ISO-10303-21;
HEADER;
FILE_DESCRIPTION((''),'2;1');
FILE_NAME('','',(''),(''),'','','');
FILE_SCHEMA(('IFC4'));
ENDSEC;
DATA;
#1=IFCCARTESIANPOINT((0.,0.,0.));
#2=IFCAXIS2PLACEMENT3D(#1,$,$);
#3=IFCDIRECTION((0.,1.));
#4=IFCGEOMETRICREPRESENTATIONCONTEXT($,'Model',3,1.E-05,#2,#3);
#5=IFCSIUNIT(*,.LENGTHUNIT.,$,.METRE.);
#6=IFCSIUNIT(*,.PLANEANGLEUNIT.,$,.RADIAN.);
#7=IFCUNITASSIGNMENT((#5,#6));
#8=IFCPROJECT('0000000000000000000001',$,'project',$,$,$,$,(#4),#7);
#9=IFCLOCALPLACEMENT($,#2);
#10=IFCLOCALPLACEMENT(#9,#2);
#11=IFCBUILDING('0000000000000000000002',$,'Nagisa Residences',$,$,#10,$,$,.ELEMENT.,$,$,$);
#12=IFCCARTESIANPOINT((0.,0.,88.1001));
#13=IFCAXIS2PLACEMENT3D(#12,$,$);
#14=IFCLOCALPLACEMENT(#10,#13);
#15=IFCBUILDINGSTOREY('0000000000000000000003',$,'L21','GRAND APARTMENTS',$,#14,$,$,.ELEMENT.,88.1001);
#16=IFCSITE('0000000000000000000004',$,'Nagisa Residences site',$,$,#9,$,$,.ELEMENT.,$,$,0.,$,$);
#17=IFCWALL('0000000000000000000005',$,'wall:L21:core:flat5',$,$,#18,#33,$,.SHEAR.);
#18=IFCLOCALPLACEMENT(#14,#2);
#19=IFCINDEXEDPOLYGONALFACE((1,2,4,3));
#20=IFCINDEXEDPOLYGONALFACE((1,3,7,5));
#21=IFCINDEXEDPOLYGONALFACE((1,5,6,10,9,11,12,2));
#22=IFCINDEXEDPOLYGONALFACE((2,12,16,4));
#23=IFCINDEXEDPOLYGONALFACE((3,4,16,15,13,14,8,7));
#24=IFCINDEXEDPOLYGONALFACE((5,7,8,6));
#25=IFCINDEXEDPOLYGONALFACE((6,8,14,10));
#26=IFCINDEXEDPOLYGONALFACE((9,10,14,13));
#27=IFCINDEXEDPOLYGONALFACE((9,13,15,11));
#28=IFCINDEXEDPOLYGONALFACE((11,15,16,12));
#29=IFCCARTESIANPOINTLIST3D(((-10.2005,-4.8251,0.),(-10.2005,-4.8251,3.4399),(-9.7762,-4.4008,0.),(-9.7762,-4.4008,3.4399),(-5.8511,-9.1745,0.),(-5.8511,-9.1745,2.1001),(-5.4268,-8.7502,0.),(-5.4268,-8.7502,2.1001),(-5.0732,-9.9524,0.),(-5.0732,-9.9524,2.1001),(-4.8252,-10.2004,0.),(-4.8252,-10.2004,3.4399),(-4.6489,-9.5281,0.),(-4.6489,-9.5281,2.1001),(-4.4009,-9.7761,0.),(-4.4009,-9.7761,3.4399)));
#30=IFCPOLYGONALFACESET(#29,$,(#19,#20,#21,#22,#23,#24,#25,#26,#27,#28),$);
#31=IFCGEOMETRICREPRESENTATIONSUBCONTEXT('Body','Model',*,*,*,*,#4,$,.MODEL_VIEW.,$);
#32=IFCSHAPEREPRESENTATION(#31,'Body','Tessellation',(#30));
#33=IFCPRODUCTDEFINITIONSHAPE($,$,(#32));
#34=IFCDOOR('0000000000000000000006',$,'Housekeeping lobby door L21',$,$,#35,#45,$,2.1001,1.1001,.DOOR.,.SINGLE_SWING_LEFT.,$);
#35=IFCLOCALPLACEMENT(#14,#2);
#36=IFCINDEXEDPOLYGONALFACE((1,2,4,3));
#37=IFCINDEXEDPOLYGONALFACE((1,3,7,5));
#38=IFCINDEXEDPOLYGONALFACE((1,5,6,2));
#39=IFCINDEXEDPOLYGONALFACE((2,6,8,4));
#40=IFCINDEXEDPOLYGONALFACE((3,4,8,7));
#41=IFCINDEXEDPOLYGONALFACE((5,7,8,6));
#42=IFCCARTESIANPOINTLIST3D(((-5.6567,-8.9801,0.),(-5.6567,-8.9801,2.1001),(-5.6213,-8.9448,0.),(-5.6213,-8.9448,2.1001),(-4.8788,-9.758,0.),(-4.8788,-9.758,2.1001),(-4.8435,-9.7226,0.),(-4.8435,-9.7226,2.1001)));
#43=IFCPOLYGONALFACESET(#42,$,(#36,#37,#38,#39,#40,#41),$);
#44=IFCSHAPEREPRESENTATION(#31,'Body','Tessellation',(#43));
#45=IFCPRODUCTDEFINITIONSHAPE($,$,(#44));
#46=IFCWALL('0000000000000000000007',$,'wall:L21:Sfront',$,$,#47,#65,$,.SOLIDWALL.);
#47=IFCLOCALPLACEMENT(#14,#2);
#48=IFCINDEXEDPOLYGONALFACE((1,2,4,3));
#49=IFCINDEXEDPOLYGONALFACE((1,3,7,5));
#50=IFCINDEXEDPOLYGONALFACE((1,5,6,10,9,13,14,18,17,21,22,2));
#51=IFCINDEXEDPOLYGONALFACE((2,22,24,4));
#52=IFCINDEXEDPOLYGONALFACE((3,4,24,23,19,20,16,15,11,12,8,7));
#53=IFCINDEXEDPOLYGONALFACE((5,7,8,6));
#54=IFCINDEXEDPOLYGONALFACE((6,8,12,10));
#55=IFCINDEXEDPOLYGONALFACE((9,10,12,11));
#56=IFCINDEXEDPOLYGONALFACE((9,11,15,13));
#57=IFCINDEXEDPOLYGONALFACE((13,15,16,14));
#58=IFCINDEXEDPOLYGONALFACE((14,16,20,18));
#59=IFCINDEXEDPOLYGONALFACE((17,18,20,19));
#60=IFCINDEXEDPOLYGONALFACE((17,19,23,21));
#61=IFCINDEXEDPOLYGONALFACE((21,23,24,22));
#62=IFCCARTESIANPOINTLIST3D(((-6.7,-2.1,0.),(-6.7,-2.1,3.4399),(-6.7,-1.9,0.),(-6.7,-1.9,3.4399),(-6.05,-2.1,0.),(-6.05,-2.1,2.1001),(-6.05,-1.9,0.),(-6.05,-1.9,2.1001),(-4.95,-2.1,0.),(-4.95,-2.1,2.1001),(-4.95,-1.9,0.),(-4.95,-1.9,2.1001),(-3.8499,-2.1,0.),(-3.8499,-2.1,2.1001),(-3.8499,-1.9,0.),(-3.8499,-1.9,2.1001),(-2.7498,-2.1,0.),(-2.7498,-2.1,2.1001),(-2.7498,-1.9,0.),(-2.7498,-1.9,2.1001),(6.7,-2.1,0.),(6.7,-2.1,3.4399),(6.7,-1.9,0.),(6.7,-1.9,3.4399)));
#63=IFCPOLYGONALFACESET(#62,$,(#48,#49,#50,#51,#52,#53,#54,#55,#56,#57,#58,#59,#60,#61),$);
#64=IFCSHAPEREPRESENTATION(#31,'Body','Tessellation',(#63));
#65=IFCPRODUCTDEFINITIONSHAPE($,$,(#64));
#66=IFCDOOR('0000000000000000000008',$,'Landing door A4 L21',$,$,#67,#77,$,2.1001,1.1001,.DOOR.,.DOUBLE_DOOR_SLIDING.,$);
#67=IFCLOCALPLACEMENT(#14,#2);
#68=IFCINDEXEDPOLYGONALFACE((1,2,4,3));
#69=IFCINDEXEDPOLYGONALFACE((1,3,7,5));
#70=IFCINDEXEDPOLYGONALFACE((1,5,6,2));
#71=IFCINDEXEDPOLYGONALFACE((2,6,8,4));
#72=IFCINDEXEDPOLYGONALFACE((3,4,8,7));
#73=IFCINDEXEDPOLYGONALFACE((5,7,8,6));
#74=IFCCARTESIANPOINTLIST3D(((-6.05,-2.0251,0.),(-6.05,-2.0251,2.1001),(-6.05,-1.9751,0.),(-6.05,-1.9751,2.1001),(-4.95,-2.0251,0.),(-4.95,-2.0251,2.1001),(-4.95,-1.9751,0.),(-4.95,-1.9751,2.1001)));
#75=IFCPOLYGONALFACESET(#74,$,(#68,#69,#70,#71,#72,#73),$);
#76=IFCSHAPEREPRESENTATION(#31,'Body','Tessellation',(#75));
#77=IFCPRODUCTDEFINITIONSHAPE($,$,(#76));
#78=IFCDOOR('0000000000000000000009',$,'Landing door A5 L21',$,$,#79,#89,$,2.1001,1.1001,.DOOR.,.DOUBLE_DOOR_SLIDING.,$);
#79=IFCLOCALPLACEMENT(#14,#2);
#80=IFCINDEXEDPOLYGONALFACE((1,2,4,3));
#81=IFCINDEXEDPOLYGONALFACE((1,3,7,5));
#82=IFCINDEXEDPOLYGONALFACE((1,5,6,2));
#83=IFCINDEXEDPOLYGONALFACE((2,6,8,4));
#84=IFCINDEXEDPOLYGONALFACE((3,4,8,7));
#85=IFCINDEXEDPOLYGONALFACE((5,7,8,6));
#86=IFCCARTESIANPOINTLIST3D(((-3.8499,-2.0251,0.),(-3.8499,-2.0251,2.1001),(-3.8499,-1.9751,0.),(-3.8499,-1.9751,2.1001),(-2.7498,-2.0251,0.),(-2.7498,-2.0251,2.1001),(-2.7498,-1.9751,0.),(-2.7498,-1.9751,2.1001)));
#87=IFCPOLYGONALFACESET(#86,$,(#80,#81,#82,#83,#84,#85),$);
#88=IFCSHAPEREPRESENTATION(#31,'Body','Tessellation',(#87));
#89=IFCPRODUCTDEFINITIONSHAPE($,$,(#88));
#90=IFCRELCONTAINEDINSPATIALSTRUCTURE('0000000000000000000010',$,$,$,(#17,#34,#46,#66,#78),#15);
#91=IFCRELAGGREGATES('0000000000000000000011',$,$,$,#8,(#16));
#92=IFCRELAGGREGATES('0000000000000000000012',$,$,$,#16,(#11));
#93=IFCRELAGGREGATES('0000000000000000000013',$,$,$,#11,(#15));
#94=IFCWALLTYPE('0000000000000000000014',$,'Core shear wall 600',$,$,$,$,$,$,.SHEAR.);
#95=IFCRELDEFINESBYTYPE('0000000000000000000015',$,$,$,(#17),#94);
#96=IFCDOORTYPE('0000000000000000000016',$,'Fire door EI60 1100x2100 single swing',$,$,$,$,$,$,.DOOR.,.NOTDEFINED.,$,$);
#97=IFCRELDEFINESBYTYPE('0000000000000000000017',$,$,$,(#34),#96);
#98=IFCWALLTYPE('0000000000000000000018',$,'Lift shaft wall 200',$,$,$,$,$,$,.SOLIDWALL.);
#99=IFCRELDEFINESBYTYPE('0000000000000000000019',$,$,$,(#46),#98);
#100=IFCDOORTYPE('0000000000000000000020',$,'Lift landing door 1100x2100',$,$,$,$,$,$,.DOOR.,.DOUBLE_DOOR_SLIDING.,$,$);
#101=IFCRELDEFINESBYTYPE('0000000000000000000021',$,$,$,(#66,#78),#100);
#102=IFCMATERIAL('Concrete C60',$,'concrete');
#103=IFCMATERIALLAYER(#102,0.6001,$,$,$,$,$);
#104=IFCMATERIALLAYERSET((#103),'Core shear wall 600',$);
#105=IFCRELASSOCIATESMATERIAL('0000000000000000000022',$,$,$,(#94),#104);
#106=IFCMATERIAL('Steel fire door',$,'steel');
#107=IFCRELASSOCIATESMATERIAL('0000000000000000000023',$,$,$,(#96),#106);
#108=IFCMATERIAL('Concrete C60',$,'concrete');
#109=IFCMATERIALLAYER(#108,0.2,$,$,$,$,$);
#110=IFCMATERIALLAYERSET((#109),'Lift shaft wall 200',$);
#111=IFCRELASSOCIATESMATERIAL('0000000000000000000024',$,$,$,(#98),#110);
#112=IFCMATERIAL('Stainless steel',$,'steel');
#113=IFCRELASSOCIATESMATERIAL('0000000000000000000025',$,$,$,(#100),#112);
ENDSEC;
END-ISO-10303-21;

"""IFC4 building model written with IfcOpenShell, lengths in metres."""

from ifc_helpers import new_model, si_unit, direction, frame, frame_2d, origin, place, context, subcontext, project, spatial, rectangle, extrude, material, layer, layer_set, type_object, element, fill, save


model = new_model("IFC4")

# Units and contexts
model_context = context("Model", 3, precision=1e-05, world=origin(), true_north=direction((0.0, 1.0)))
body_context = subcontext(model_context, "Body", "Model", "MODEL_VIEW")
ifc_project = project(units=[si_unit("LENGTHUNIT", "METRE"), si_unit("PLANEANGLEUNIT", "RADIAN")], contexts=[model_context])

# Site, building, storey
site_placement = place(None, origin())
site = spatial("IfcSite", under=ifc_project, at=site_placement, Name="Nagisa Residences site", CompositionType="ELEMENT", RefElevation=0.0)
building_placement = place(site_placement, origin())
building = spatial("IfcBuilding", under=site, at=building_placement, Name="Nagisa Residences", CompositionType="ELEMENT")
storey_placement = place(building_placement, frame((0.0, 0.0, 88.1001)))
storey = spatial("IfcBuildingStorey", under=building, at=storey_placement, Name="L21", Description="GRAND APARTMENTS", CompositionType="ELEMENT", Elevation=88.1001)

# Wall, opening, door
ifc_material_1 = material(Name="Concrete C60", Category="concrete")
ifc_layer_1 = layer(ifc_material_1, 0.6001)
ifc_layer_set_1 = layer_set([ifc_layer_1], Name="Core shear wall 600")
wall_type_1 = type_object("IfcWallType", Name="Core shear wall 600", PredefinedType="SHEAR", material=ifc_layer_set_1)
wall_1_placement = place(storey_placement, frame((-9.9883, -4.613, 0.0), z_axis=(0.0, 0.0, 1.0), x_axis=(0.707107, -0.707107, 0.0)))
wall_1 = element("IfcWall", 1, at=wall_1_placement, inside=storey, type_object=wall_type_1, Name="wall:L21:core:flat5", PredefinedType="SHEAR", context=body_context, shape_type="SweptSolid", body=[
    extrude(rectangle(XDim=7.6018, YDim=0.6001, at=frame_2d((3.8008, 0.0))), origin(), (0.0, 0.0, 1.0), 3.4399),
])
opening_1_placement = place(wall_1_placement, frame((6.1509, 0.0, 0.0)))
opening_1 = element("IfcOpeningElement", 2, at=opening_1_placement, cuts=wall_1, PredefinedType="OPENING", context=body_context, shape_type="SweptSolid", body=[
    extrude(rectangle(XDim=1.1001, YDim=2.1001, at=frame_2d((0.55, 1.05))), frame((0.0, 0.3101, 0.0), z_axis=(0.0, -1.0, 0.0), x_axis=(1.0, 0.0, 0.0)), (0.0, 0.0, 1.0), 0.6201),
])
ifc_material_2 = material(Name="Steel fire door", Category="steel")
door_type_1 = type_object("IfcDoorType", Name="Fire door EI60 1100x2100 single swing", OperationType="NOTDEFINED", PredefinedType="DOOR", material=ifc_material_2)
door_1_placement = place(opening_1_placement, origin())
door_1 = element("IfcDoor", 3, at=door_1_placement, inside=storey, type_object=door_type_1, Name="Housekeeping lobby door L21", OperationType="SINGLE_SWING_LEFT", OverallHeight=2.1001, OverallWidth=1.1001, PredefinedType="DOOR", context=body_context, shape_type="SweptSolid", body=[
    extrude(rectangle(XDim=1.1001, YDim=2.1001, at=frame_2d((0.55, 1.05))), frame((0.0, 0.0249, 0.0), z_axis=(0.0, -1.0, 0.0), x_axis=(1.0, 0.0, 0.0)), (0.0, 0.0, 1.0), 0.05),
])
fill(opening_1, door_1)

# Wall, openings, doors
ifc_material_3 = material(Name="Concrete C60", Category="concrete")
ifc_layer_2 = layer(ifc_material_3, 0.2)
ifc_layer_set_2 = layer_set([ifc_layer_2], Name="Lift shaft wall 200")
wall_type_2 = type_object("IfcWallType", Name="Lift shaft wall 200", PredefinedType="SOLIDWALL", material=ifc_layer_set_2)
wall_2_placement = place(storey_placement, frame((-6.7, -2.0, 0.0), z_axis=(0.0, 0.0, 1.0), x_axis=(1.0, 0.0, 0.0)))
wall_2 = element("IfcWall", 4, at=wall_2_placement, inside=storey, type_object=wall_type_2, Name="wall:L21:Sfront", PredefinedType="SOLIDWALL", context=body_context, shape_type="SweptSolid", body=[
    extrude(rectangle(XDim=13.3999, YDim=0.2, at=frame_2d((6.7, 0.0))), origin(), (0.0, 0.0, 1.0), 3.4399),
])
opening_2_placement = place(wall_2_placement, frame((0.6499, 0.0, 0.0)))
opening_2 = element("IfcOpeningElement", 5, at=opening_2_placement, cuts=wall_2, PredefinedType="OPENING", context=body_context, shape_type="SweptSolid", body=[
    extrude(rectangle(XDim=1.1001, YDim=2.1001, at=frame_2d((0.55, 1.05))), frame((0.0, 0.1099, 0.0), z_axis=(0.0, -1.0, 0.0), x_axis=(1.0, 0.0, 0.0)), (0.0, 0.0, 1.0), 0.22),
])
opening_3_placement = place(wall_2_placement, frame((2.8501, 0.0, 0.0)))
opening_3 = element("IfcOpeningElement", 6, at=opening_3_placement, cuts=wall_2, PredefinedType="OPENING", context=body_context, shape_type="SweptSolid", body=[
    extrude(rectangle(XDim=1.1001, YDim=2.1001, at=frame_2d((0.55, 1.05))), frame((0.0, 0.1099, 0.0), z_axis=(0.0, -1.0, 0.0), x_axis=(1.0, 0.0, 0.0)), (0.0, 0.0, 1.0), 0.22),
])
ifc_material_4 = material(Name="Stainless steel", Category="steel")
door_type_2 = type_object("IfcDoorType", Name="Lift landing door 1100x2100", OperationType="DOUBLE_DOOR_SLIDING", PredefinedType="DOOR", material=ifc_material_4)
door_2_placement = place(opening_2_placement, origin())
door_2 = element("IfcDoor", 7, at=door_2_placement, inside=storey, type_object=door_type_2, Name="Landing door A4 L21", OperationType="DOUBLE_DOOR_SLIDING", OverallHeight=2.1001, OverallWidth=1.1001, PredefinedType="DOOR", context=body_context, shape_type="SweptSolid", body=[
    extrude(rectangle(XDim=1.1001, YDim=2.1001, at=frame_2d((0.55, 1.05))), frame((0.0, 0.0249, 0.0), z_axis=(0.0, -1.0, 0.0), x_axis=(1.0, 0.0, 0.0)), (0.0, 0.0, 1.0), 0.05),
])
fill(opening_2, door_2)
door_3_placement = place(opening_3_placement, origin())
door_3 = element("IfcDoor", 8, at=door_3_placement, inside=storey, type_object=door_type_2, Name="Landing door A5 L21", OperationType="DOUBLE_DOOR_SLIDING", OverallHeight=2.1001, OverallWidth=1.1001, PredefinedType="DOOR", context=body_context, shape_type="SweptSolid", body=[
    extrude(rectangle(XDim=1.1001, YDim=2.1001, at=frame_2d((0.55, 1.05))), frame((0.0, 0.0249, 0.0), z_axis=(0.0, -1.0, 0.0), x_axis=(1.0, 0.0, 0.0)), (0.0, 0.0, 1.0), 0.05),
])
fill(opening_3, door_3)

save(model, "model.ifc")
